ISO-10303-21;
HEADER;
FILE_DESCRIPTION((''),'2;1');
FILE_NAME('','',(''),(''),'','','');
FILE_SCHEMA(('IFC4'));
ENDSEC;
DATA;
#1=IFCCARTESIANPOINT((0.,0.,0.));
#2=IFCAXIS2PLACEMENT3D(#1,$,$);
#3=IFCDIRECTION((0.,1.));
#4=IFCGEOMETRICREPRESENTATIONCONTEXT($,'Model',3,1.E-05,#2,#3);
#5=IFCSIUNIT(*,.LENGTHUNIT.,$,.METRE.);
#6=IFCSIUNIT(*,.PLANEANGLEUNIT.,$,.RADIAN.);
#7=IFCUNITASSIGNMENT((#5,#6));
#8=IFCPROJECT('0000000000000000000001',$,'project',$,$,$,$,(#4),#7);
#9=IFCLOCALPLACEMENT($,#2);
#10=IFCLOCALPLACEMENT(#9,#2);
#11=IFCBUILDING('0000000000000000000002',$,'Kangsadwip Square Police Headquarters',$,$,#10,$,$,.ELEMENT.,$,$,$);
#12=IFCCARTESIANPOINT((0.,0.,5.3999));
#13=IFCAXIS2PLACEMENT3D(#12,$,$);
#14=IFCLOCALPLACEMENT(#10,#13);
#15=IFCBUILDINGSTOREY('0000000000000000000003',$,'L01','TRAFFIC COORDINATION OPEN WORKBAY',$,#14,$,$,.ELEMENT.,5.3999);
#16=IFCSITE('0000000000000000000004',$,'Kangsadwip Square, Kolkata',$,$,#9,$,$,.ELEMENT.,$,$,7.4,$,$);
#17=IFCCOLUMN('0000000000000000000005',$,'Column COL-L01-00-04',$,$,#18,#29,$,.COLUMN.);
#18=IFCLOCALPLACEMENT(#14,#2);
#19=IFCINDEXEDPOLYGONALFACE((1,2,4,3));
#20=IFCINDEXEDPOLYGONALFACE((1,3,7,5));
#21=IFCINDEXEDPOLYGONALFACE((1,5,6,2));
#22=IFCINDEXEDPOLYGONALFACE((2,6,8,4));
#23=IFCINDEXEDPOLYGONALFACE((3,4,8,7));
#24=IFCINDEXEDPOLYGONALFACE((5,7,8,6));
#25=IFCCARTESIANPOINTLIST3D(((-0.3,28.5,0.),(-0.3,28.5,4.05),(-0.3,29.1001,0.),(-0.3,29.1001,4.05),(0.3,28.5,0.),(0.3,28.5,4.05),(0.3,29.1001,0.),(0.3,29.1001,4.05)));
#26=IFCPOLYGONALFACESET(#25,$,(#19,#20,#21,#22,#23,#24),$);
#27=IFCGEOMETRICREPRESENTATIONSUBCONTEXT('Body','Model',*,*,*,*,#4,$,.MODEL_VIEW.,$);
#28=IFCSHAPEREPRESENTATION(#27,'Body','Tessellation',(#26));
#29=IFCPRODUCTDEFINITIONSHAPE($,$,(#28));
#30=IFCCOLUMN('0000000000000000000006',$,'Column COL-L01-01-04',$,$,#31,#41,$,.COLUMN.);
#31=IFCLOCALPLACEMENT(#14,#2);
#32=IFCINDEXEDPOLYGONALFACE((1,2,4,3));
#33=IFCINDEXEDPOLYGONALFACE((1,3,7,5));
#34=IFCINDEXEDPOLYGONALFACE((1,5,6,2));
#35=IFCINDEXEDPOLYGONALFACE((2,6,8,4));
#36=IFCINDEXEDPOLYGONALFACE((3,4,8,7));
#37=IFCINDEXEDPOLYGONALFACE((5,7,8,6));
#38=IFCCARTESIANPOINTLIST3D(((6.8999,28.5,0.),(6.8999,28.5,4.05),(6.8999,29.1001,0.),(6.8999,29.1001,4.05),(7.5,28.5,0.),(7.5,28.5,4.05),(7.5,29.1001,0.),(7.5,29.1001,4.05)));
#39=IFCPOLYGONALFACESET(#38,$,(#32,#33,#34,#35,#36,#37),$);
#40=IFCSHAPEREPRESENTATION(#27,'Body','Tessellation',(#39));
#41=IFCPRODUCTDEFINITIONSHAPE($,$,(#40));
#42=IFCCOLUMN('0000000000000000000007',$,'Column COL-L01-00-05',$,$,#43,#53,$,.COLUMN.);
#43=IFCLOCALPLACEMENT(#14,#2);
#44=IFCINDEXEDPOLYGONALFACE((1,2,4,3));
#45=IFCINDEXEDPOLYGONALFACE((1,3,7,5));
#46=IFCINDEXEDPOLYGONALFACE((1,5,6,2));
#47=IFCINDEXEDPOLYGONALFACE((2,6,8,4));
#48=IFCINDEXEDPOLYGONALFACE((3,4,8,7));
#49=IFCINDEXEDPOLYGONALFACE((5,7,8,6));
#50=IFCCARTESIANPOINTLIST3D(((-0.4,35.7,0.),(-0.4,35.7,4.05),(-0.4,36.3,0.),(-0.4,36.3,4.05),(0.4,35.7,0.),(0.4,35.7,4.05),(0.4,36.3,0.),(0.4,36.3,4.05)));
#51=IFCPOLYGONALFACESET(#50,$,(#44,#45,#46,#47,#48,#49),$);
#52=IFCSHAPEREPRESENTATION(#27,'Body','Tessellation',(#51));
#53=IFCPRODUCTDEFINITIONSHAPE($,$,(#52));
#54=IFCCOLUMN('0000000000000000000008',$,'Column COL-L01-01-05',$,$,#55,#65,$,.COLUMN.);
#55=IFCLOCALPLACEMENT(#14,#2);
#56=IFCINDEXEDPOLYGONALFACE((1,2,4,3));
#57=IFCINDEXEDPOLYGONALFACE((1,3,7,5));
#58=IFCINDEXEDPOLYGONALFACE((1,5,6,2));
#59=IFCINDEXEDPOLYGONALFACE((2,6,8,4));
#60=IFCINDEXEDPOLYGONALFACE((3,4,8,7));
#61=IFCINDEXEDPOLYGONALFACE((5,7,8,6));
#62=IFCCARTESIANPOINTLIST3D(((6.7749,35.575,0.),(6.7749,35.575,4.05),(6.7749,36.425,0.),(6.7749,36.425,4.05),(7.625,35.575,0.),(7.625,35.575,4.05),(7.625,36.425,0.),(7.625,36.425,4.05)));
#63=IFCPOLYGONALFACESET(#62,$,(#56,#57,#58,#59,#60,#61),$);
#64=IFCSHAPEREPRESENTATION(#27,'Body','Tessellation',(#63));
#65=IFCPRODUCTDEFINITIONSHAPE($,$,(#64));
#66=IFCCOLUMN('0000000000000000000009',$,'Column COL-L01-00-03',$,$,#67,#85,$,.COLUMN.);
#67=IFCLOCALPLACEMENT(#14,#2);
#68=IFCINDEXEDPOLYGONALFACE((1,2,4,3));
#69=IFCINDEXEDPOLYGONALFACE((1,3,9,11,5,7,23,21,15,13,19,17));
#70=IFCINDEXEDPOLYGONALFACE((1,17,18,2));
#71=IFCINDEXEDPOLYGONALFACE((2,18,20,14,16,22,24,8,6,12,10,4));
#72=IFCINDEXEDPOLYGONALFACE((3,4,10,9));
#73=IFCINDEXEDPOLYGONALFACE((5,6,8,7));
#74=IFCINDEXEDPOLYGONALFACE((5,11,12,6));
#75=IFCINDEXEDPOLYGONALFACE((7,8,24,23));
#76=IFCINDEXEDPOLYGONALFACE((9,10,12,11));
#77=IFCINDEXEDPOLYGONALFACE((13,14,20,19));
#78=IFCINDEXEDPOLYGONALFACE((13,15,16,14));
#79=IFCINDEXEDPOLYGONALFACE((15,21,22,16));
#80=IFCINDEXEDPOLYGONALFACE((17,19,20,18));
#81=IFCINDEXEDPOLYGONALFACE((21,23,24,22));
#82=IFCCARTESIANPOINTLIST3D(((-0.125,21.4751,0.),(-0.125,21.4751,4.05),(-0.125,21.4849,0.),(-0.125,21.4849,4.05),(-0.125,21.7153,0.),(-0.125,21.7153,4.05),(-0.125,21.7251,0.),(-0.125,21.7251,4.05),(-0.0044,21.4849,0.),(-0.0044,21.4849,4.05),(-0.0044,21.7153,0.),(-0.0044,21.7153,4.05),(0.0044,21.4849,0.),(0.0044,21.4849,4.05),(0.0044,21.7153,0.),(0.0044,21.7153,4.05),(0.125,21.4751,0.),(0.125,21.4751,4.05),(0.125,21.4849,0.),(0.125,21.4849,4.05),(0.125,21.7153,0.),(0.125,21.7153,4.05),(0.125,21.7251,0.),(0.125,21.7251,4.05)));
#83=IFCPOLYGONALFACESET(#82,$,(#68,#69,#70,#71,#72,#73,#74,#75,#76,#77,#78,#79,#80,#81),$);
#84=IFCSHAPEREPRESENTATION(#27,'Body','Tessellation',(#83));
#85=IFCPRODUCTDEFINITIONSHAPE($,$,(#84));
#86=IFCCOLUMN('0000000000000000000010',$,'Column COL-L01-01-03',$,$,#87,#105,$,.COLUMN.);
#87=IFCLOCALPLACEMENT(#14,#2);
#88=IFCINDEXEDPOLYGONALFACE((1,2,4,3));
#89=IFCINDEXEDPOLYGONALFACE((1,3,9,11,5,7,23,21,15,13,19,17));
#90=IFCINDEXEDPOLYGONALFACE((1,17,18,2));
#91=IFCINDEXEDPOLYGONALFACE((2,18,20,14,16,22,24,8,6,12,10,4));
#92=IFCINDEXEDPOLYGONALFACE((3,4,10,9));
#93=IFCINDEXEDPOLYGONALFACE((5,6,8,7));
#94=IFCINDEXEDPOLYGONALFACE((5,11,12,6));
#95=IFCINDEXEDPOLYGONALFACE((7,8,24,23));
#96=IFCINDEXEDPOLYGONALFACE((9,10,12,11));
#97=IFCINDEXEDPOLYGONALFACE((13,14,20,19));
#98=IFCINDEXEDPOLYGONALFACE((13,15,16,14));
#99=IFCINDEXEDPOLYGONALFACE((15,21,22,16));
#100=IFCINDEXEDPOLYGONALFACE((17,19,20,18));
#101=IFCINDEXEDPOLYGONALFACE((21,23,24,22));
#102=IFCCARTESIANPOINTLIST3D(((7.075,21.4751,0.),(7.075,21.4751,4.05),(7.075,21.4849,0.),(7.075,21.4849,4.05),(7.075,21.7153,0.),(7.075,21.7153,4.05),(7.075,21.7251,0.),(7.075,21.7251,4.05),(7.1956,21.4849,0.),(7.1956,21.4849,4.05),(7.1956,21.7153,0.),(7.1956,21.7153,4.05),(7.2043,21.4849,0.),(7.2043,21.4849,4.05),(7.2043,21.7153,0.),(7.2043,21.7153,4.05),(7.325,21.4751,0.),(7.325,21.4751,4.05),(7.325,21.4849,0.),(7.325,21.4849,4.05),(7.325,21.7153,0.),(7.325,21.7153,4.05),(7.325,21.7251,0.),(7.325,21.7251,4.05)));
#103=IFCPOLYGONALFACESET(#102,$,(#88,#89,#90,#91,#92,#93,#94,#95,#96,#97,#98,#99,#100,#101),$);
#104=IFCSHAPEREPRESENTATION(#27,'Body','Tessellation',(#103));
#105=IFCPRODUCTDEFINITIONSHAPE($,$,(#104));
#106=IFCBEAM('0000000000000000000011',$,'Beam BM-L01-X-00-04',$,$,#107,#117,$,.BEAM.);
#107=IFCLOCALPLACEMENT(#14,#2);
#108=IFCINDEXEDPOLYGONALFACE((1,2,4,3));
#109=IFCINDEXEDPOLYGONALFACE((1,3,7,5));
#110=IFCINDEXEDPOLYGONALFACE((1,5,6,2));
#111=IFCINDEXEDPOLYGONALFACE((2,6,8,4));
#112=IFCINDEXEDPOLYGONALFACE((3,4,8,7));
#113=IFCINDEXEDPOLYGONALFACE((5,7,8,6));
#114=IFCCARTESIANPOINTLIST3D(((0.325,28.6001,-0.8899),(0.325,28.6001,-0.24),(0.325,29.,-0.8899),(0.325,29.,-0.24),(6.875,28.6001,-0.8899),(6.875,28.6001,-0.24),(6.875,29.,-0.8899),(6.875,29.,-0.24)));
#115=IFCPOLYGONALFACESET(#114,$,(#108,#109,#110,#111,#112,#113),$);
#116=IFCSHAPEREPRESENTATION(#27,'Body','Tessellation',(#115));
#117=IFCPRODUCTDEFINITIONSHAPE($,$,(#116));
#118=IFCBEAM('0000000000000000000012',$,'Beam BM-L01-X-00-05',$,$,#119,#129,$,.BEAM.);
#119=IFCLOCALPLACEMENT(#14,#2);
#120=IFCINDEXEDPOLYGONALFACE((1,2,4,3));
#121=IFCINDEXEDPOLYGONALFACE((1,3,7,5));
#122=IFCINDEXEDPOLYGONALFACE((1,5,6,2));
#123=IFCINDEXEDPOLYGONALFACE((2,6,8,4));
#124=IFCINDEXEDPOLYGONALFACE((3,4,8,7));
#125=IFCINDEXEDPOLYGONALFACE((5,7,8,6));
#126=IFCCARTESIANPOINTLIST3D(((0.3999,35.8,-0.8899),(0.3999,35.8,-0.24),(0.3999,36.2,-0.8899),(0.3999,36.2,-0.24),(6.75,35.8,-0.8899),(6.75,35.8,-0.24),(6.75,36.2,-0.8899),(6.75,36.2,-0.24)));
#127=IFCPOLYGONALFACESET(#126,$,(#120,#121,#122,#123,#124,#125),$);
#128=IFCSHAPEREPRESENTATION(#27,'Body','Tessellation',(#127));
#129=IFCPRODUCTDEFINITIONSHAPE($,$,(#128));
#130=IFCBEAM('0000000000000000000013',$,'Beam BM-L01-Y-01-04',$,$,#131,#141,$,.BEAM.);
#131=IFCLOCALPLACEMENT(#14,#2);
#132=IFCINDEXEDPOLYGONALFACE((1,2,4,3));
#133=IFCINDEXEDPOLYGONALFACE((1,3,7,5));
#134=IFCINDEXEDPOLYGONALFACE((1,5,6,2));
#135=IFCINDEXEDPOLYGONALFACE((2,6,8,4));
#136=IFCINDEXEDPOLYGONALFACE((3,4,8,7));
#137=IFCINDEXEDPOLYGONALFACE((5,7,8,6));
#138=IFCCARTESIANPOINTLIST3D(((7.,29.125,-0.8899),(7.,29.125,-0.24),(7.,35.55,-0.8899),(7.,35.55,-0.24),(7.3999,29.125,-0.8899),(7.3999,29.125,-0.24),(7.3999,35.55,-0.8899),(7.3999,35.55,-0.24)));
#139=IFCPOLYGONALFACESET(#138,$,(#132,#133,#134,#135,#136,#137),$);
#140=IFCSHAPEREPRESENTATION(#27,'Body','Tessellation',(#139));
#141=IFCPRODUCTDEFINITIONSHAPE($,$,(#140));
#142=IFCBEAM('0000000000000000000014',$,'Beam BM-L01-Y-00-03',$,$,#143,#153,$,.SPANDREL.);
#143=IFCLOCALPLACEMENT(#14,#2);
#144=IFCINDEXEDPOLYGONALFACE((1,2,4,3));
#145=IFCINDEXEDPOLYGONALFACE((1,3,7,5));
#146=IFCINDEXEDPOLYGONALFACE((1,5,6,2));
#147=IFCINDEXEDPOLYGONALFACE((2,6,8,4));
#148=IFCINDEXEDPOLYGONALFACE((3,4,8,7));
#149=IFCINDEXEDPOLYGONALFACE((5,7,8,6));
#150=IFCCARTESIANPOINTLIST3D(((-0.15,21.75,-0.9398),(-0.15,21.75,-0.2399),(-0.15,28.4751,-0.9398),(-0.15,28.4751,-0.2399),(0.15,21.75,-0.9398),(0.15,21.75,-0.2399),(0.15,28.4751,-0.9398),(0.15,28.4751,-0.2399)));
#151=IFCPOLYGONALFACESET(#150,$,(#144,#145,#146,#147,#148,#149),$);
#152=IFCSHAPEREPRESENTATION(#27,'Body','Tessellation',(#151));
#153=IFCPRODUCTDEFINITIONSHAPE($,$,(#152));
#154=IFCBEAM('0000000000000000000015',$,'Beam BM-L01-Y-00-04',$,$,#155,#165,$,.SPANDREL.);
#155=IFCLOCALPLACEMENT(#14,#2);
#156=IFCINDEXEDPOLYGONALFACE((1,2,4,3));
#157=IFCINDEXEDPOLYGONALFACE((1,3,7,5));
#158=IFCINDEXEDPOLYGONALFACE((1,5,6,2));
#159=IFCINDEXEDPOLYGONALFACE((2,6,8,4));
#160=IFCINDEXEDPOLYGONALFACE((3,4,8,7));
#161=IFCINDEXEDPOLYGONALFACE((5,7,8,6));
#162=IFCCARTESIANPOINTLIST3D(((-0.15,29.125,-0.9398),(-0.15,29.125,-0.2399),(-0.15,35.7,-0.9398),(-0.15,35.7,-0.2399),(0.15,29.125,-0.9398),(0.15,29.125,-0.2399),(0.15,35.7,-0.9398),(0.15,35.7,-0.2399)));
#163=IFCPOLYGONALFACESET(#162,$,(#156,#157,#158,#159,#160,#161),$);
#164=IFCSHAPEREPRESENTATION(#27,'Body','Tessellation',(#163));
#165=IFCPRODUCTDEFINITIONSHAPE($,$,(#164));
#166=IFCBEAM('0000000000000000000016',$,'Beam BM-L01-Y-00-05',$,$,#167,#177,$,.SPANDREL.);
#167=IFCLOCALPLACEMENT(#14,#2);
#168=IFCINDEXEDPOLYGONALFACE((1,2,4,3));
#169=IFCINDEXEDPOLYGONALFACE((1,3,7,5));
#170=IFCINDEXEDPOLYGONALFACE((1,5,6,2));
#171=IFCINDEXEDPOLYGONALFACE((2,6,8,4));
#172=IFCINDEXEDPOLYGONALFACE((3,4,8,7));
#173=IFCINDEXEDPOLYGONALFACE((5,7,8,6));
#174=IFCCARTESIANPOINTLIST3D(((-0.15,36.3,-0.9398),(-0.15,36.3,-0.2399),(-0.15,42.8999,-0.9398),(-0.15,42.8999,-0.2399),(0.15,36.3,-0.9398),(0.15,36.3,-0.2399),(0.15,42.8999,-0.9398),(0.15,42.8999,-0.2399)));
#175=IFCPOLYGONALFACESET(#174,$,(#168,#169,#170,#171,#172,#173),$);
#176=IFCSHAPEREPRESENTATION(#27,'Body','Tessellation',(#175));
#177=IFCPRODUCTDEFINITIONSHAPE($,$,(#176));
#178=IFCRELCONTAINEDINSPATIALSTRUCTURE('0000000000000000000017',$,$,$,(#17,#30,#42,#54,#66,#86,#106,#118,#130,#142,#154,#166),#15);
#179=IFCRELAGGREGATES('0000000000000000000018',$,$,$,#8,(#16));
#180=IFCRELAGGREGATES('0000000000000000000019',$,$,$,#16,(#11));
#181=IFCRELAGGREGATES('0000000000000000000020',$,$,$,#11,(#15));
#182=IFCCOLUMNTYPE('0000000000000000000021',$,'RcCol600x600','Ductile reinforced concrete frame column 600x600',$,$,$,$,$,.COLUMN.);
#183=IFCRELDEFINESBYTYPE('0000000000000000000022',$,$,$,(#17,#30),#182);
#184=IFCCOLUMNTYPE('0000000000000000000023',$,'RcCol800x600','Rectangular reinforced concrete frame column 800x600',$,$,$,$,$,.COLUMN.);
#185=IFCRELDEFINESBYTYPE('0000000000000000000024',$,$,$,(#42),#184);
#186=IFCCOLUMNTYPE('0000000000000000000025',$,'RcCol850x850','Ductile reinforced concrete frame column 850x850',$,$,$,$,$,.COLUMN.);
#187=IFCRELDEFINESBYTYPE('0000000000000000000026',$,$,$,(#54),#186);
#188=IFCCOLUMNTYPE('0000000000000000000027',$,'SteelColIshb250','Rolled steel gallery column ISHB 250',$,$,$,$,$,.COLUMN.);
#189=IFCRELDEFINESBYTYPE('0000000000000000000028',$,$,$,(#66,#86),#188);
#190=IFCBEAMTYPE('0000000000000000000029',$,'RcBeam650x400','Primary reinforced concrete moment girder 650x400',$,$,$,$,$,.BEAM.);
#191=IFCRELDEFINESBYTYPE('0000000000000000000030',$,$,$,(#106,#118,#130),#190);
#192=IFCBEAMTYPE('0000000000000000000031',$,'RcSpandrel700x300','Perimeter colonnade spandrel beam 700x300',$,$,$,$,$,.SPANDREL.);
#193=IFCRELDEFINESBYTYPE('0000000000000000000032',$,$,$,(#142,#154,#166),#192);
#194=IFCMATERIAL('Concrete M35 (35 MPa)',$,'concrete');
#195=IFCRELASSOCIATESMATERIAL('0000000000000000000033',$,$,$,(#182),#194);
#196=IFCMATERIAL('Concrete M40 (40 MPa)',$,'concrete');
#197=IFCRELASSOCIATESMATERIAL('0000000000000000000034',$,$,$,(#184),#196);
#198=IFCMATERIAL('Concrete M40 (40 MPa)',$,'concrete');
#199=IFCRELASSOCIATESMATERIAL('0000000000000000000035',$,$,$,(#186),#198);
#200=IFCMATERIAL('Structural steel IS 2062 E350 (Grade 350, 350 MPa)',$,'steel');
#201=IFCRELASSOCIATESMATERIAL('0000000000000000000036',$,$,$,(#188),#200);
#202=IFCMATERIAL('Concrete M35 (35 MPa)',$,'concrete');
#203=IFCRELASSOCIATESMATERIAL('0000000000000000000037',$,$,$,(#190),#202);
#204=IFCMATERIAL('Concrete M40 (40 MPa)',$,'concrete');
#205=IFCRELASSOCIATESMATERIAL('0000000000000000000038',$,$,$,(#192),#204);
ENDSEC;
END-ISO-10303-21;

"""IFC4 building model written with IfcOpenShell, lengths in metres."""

from ifc_helpers import new_model, si_unit, direction, frame, origin, origin_2d, place, context, subcontext, project, spatial, rectangle, i_section, extrude, material, material_profile, profile_set, type_object, element, save


model = new_model("IFC4")

# Units and contexts
model_context = context("Model", 3, precision=1e-05, world=origin(), true_north=direction((0.0, 1.0)))
body_context = subcontext(model_context, "Body", "Model", "MODEL_VIEW")
ifc_project = project(units=[si_unit("LENGTHUNIT", "METRE"), si_unit("PLANEANGLEUNIT", "RADIAN")], contexts=[model_context])

# Site, building, storey
site_placement = place(None, origin())
site = spatial("IfcSite", under=ifc_project, at=site_placement, Name="Kangsadwip Square, Kolkata", CompositionType="ELEMENT", RefElevation=7.4)
building_placement = place(site_placement, origin())
building = spatial("IfcBuilding", under=site, at=building_placement, Name="Kangsadwip Square Police Headquarters", CompositionType="ELEMENT")
storey_placement = place(building_placement, frame((0.0, 0.0, 5.3999)))
storey = spatial("IfcBuildingStorey", under=building, at=storey_placement, Name="L01", Description="TRAFFIC COORDINATION OPEN WORKBAY", CompositionType="ELEMENT", Elevation=5.3999)

# Columns
ifc_material_1 = material(Name="Concrete M35 (35 MPa)", Category="concrete")
ifc_material_profile_1 = material_profile(ifc_material_1, rectangle(XDim=0.6001, YDim=0.6001, at=origin_2d()), Name="RC COL 600X600")
ifc_profile_set_1 = profile_set([ifc_material_profile_1], Name="Concrete M35 (35 MPa)")
column_type_1 = type_object("IfcColumnType", Name="RcCol600x600", Description="Ductile reinforced concrete frame column 600x600", PredefinedType="COLUMN", material=ifc_profile_set_1)
for number, where, z_axis, x_axis, name in (
    (1, (0.0, 28.8, 0.0), (0.0, 0.0, 1.0), (1.0, 0.0, 0.0), "Column COL-L01-00-04"),
    (2, (7.2, 28.8, 0.0), (0.0, 0.0, 1.0), (1.0, 0.0, 0.0), "Column COL-L01-01-04"),
):
    element("IfcColumn", number, at=place(storey_placement, frame(where, z_axis=z_axis, x_axis=x_axis)), inside=storey, type_object=column_type_1, Name=name, PredefinedType="COLUMN", context=body_context, shape_type="SweptSolid", body=[
        extrude(rectangle(XDim=0.6001, YDim=0.6001, at=origin_2d()), origin(), (0.0, 0.0, 1.0), 4.05),
    ])
ifc_material_2 = material(Name="Concrete M40 (40 MPa)", Category="concrete")
ifc_material_profile_2 = material_profile(ifc_material_2, rectangle(XDim=0.6001, YDim=0.8, at=origin_2d()), Name="RC COL 800X600")
ifc_profile_set_2 = profile_set([ifc_material_profile_2], Name="Concrete M40 (40 MPa)")
column_type_2 = type_object("IfcColumnType", Name="RcCol800x600", Description="Rectangular reinforced concrete frame column 800x600", PredefinedType="COLUMN", material=ifc_profile_set_2)
column_1_placement = place(storey_placement, frame((0.0, 36.0, 0.0), z_axis=(0.0, 0.0, 1.0), x_axis=(0.0, 1.0, 0.0)))
element("IfcColumn", 3, at=column_1_placement, inside=storey, type_object=column_type_2, Name="Column COL-L01-00-05", PredefinedType="COLUMN", context=body_context, shape_type="SweptSolid", body=[
    extrude(rectangle(XDim=0.6001, YDim=0.8, at=origin_2d()), origin(), (0.0, 0.0, 1.0), 4.05),
])
ifc_material_3 = material(Name="Concrete M40 (40 MPa)", Category="concrete")
ifc_material_profile_3 = material_profile(ifc_material_3, rectangle(XDim=0.8501, YDim=0.8501, at=origin_2d()), Name="RC COL 850X850")
ifc_profile_set_3 = profile_set([ifc_material_profile_3], Name="Concrete M40 (40 MPa)")
column_type_3 = type_object("IfcColumnType", Name="RcCol850x850", Description="Ductile reinforced concrete frame column 850x850", PredefinedType="COLUMN", material=ifc_profile_set_3)
column_2_placement = place(storey_placement, frame((7.2, 36.0, 0.0), z_axis=(0.0, 0.0, 1.0), x_axis=(1.0, 0.0, 0.0)))
element("IfcColumn", 4, at=column_2_placement, inside=storey, type_object=column_type_3, Name="Column COL-L01-01-05", PredefinedType="COLUMN", context=body_context, shape_type="SweptSolid", body=[
    extrude(rectangle(XDim=0.8501, YDim=0.8501, at=origin_2d()), origin(), (0.0, 0.0, 1.0), 4.05),
])
ifc_material_4 = material(Name="Structural steel IS 2062 E350 (Grade 350, 350 MPa)", Category="steel")
ifc_material_profile_4 = material_profile(ifc_material_4, i_section(OverallWidth=0.25, OverallDepth=0.25, WebThickness=0.0088, FlangeThickness=0.0098, at=origin_2d()), Name="ISHB 250")
ifc_profile_set_4 = profile_set([ifc_material_profile_4], Name="Structural steel IS 2062 E350 (Grade 350, 350 MPa)")
column_type_4 = type_object("IfcColumnType", Name="SteelColIshb250", Description="Rolled steel gallery column ISHB 250", PredefinedType="COLUMN", material=ifc_profile_set_4)
for number, where, z_axis, x_axis, name in (
    (5, (0.0, 21.6001, 0.0), (0.0, 0.0, 1.0), (1.0, 0.0, 0.0), "Column COL-L01-00-03"),
    (6, (7.2, 21.6001, 0.0), (0.0, 0.0, 1.0), (1.0, 0.0, 0.0), "Column COL-L01-01-03"),
):
    element("IfcColumn", number, at=place(storey_placement, frame(where, z_axis=z_axis, x_axis=x_axis)), inside=storey, type_object=column_type_4, Name=name, PredefinedType="COLUMN", context=body_context, shape_type="SweptSolid", body=[
        extrude(i_section(OverallWidth=0.25, OverallDepth=0.25, WebThickness=0.0088, FlangeThickness=0.0098, at=origin_2d()), origin(), (0.0, 0.0, 1.0), 4.05),
    ])

# Beams
ifc_material_5 = material(Name="Concrete M35 (35 MPa)", Category="concrete")
ifc_material_profile_5 = material_profile(ifc_material_5, rectangle(XDim=0.3999, YDim=0.6499, at=origin_2d()), Name="RC BM 650X400")
ifc_profile_set_5 = profile_set([ifc_material_profile_5], Name="Concrete M35 (35 MPa)")
beam_type_1 = type_object("IfcBeamType", Name="RcBeam650x400", Description="Primary reinforced concrete moment girder 650x400", PredefinedType="BEAM", material=ifc_profile_set_5)
beam_1_placement = place(storey_placement, frame((0.325, 28.8, -0.5649), z_axis=(1.0, 0.0, 0.0), x_axis=(0.0, 1.0, 0.0)))
element("IfcBeam", 7, at=beam_1_placement, inside=storey, type_object=beam_type_1, Name="Beam BM-L01-X-00-04", PredefinedType="BEAM", context=body_context, shape_type="SweptSolid", body=[
    extrude(rectangle(XDim=0.3999, YDim=0.6499, at=origin_2d()), origin(), (0.0, 0.0, 1.0), 6.55),
])
beam_2_placement = place(storey_placement, frame((0.3999, 36.0, -0.5649), z_axis=(1.0, 0.0, 0.0), x_axis=(0.0, 1.0, 0.0)))
element("IfcBeam", 8, at=beam_2_placement, inside=storey, type_object=beam_type_1, Name="Beam BM-L01-X-00-05", PredefinedType="BEAM", context=body_context, shape_type="SweptSolid", body=[
    extrude(rectangle(XDim=0.3999, YDim=0.6499, at=origin_2d()), origin(), (0.0, 0.0, 1.0), 6.3501),
])
beam_3_placement = place(storey_placement, frame((7.2, 29.125, -0.5649), z_axis=(0.0, 1.0, 0.0), x_axis=(-1.0, 0.0, 0.0)))
element("IfcBeam", 9, at=beam_3_placement, inside=storey, type_object=beam_type_1, Name="Beam BM-L01-Y-01-04", PredefinedType="BEAM", context=body_context, shape_type="SweptSolid", body=[
    extrude(rectangle(XDim=0.3999, YDim=0.6499, at=origin_2d()), origin(), (0.0, 0.0, 1.0), 6.425),
])
ifc_material_6 = material(Name="Concrete M40 (40 MPa)", Category="concrete")
ifc_material_profile_6 = material_profile(ifc_material_6, rectangle(XDim=0.3, YDim=0.7, at=origin_2d()), Name="RC SPN 700X300")
ifc_profile_set_6 = profile_set([ifc_material_profile_6], Name="Concrete M40 (40 MPa)")
beam_type_2 = type_object("IfcBeamType", Name="RcSpandrel700x300", Description="Perimeter colonnade spandrel beam 700x300", PredefinedType="SPANDREL", material=ifc_profile_set_6)
beam_4_placement = place(storey_placement, frame((0.0, 21.75, -0.5898), z_axis=(0.0, 1.0, 0.0), x_axis=(-1.0, 0.0, 0.0)))
element("IfcBeam", 10, at=beam_4_placement, inside=storey, type_object=beam_type_2, Name="Beam BM-L01-Y-00-03", PredefinedType="SPANDREL", context=body_context, shape_type="SweptSolid", body=[
    extrude(rectangle(XDim=0.3, YDim=0.7, at=origin_2d()), origin(), (0.0, 0.0, 1.0), 6.7251),
])
beam_5_placement = place(storey_placement, frame((0.0, 29.125, -0.5898), z_axis=(0.0, 1.0, 0.0), x_axis=(-1.0, 0.0, 0.0)))
element("IfcBeam", 11, at=beam_5_placement, inside=storey, type_object=beam_type_2, Name="Beam BM-L01-Y-00-04", PredefinedType="SPANDREL", context=body_context, shape_type="SweptSolid", body=[
    extrude(rectangle(XDim=0.3, YDim=0.7, at=origin_2d()), origin(), (0.0, 0.0, 1.0), 6.575),
])
beam_6_placement = place(storey_placement, frame((0.0, 36.3, -0.5898), z_axis=(0.0, 1.0, 0.0), x_axis=(-1.0, 0.0, 0.0)))
element("IfcBeam", 12, at=beam_6_placement, inside=storey, type_object=beam_type_2, Name="Beam BM-L01-Y-00-05", PredefinedType="SPANDREL", context=body_context, shape_type="SweptSolid", body=[
    extrude(rectangle(XDim=0.3, YDim=0.7, at=origin_2d()), origin(), (0.0, 0.0, 1.0), 6.5999),
])

save(model, "model.ifc")
